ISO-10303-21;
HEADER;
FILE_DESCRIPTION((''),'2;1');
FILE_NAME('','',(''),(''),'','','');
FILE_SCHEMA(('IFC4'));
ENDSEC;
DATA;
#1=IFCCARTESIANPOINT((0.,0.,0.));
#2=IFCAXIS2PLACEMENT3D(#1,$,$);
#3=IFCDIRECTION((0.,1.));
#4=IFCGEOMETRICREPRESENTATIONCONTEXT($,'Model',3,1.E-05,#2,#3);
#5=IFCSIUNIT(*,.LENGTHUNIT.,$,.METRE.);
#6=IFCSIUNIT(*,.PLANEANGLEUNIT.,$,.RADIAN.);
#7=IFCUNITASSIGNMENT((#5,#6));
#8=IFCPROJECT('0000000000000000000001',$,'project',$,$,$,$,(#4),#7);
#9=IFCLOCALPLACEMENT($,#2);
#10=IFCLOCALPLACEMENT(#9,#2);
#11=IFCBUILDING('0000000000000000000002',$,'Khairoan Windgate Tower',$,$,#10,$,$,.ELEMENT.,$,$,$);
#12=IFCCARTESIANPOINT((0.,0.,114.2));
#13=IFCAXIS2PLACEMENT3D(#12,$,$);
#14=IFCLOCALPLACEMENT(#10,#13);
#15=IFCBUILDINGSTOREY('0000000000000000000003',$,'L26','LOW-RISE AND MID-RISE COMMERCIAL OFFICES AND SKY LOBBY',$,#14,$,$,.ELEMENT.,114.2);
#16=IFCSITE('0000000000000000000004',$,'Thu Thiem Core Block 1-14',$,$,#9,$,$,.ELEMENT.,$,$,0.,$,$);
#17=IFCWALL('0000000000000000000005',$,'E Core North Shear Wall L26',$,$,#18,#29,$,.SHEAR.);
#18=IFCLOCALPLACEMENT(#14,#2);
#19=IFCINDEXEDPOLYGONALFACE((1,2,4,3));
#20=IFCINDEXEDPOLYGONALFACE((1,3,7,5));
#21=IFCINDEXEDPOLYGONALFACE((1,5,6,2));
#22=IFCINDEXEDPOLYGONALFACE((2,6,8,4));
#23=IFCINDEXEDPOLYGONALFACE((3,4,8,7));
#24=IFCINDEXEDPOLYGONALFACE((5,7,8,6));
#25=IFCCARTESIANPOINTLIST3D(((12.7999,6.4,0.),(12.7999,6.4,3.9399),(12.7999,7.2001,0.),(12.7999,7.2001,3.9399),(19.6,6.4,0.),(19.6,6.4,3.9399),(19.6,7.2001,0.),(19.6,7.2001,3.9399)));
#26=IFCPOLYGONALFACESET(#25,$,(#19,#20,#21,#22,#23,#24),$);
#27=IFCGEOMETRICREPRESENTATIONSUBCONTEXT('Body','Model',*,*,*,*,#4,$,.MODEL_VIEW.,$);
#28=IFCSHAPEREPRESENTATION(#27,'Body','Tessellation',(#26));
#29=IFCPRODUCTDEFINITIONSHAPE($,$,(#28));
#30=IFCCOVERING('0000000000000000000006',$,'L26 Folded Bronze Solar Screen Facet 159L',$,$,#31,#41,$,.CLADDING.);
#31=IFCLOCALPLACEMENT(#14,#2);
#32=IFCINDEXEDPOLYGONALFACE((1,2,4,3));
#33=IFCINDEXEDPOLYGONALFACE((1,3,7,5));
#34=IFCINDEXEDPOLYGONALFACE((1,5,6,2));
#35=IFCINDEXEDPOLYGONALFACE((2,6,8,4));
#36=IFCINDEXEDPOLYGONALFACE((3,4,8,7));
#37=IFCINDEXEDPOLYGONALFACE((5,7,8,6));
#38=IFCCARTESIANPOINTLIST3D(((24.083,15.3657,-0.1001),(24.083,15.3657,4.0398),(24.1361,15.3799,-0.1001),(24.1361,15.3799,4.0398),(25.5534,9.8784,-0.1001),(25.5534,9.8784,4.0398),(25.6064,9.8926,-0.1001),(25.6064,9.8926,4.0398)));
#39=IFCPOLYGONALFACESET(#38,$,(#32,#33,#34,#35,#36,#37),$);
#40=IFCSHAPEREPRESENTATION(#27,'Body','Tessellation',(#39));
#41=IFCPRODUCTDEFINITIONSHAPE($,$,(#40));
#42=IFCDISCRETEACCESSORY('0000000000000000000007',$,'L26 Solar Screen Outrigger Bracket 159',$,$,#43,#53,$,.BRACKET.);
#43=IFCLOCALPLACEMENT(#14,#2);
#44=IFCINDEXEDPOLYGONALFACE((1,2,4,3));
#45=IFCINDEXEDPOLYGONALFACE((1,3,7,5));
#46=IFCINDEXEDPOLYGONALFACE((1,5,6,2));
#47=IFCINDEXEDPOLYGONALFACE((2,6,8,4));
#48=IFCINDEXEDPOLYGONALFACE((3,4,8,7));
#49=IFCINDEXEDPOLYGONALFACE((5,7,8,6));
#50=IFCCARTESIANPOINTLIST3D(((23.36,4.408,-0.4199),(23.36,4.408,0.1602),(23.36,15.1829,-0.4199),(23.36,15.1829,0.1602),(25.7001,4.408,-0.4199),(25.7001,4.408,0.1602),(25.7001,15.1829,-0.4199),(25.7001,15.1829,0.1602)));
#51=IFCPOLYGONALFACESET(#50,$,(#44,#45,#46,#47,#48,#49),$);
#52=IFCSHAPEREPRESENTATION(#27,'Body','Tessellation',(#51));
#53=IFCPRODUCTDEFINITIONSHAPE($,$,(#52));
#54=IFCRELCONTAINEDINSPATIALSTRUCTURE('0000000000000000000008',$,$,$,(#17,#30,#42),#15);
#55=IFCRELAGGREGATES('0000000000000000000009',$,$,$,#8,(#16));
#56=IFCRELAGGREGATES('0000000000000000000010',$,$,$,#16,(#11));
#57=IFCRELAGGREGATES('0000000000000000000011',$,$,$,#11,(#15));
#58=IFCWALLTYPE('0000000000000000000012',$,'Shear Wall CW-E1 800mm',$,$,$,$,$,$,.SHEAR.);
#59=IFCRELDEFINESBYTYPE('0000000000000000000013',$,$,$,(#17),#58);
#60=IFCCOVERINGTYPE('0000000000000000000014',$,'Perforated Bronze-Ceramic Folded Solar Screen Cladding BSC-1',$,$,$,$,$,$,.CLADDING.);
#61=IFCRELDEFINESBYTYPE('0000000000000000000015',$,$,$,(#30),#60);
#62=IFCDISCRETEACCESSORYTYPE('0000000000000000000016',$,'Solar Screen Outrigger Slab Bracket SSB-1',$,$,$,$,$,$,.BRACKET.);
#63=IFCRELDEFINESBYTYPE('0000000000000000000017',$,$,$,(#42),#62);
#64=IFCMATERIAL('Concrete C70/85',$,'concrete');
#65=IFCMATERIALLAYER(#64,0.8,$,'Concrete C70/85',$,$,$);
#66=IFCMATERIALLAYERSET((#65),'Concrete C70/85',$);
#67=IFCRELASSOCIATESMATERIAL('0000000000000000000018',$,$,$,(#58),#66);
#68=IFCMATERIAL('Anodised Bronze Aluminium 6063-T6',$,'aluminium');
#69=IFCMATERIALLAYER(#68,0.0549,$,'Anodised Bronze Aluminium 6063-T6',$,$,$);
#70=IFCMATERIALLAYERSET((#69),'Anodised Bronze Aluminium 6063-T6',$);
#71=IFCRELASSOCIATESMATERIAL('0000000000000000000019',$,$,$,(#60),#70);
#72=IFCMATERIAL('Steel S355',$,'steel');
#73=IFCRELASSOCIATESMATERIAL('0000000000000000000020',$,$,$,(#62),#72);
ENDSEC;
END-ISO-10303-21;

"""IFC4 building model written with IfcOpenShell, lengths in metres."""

from ifc_helpers import new_model, si_unit, direction, frame, frame_2d, origin, origin_2d, place, context, subcontext, project, spatial, rectangle, extrude, material, layer, layer_set, type_object, element, save


model = new_model("IFC4")

# Units and contexts
model_context = context("Model", 3, precision=1e-05, world=origin(), true_north=direction((0.0, 1.0)))
body_context = subcontext(model_context, "Body", "Model", "MODEL_VIEW")
ifc_project = project(units=[si_unit("LENGTHUNIT", "METRE"), si_unit("PLANEANGLEUNIT", "RADIAN")], contexts=[model_context])

# Site, building, storey
site_placement = place(None, origin())
site = spatial("IfcSite", under=ifc_project, at=site_placement, Name="Thu Thiem Core Block 1-14", CompositionType="ELEMENT", RefElevation=0.0)
building_placement = place(site_placement, origin())
building = spatial("IfcBuilding", under=site, at=building_placement, Name="Khairoan Windgate Tower", CompositionType="ELEMENT")
storey_placement = place(building_placement, frame((0.0, 0.0, 114.2)))
storey = spatial("IfcBuildingStorey", under=building, at=storey_placement, Name="L26", Description="LOW-RISE AND MID-RISE COMMERCIAL OFFICES AND SKY LOBBY", CompositionType="ELEMENT", Elevation=114.2)

# Wall
ifc_material_1 = material(Name="Concrete C70/85", Category="concrete")
ifc_layer_1 = layer(ifc_material_1, 0.8, Name="Concrete C70/85")
ifc_layer_set_1 = layer_set([ifc_layer_1], Name="Concrete C70/85")
wall_type_1 = type_object("IfcWallType", Name="Shear Wall CW-E1 800mm", PredefinedType="SHEAR", material=ifc_layer_set_1)
wall_1_placement = place(storey_placement, frame((12.8, 6.8, 0.0), z_axis=(0.0, 0.0, 1.0), x_axis=(1.0, 0.0, 0.0)))
element("IfcWall", 1, at=wall_1_placement, inside=storey, type_object=wall_type_1, Name="E Core North Shear Wall L26", PredefinedType="SHEAR", context=body_context, shape_type="SweptSolid", body=[
    extrude(rectangle(XDim=6.8, YDim=0.8, at=frame_2d((3.3999, 0.0))), origin(), (0.0, 0.0, 1.0), 3.9399),
])

# Covering
ifc_material_2 = material(Name="Anodised Bronze Aluminium 6063-T6", Category="aluminium")
ifc_layer_2 = layer(ifc_material_2, 0.0549, Name="Anodised Bronze Aluminium 6063-T6")
ifc_layer_set_2 = layer_set([ifc_layer_2], Name="Anodised Bronze Aluminium 6063-T6")
covering_type = type_object("IfcCoveringType", Name="Perforated Bronze-Ceramic Folded Solar Screen Cladding BSC-1", PredefinedType="CLADDING", material=ifc_layer_set_2)
covering_placement = place(storey_placement, frame((24.8447, 12.6292, -0.1001), z_axis=(0.0, 0.0, 1.0), x_axis=(0.258819, -0.965926, 0.0)))
element("IfcCovering", 2, at=covering_placement, inside=storey, type_object=covering_type, Name="L26 Folded Bronze Solar Screen Facet 159L", PredefinedType="CLADDING", context=body_context, shape_type="SweptSolid", body=[
    extrude(rectangle(XDim=5.6809, YDim=0.0549, at=origin_2d()), origin(), (0.0, 0.0, 1.0), 4.1399),
])

# Discrete accessory
ifc_material_3 = material(Name="Steel S355", Category="steel")
discrete_accessory_type = type_object("IfcDiscreteAccessoryType", Name="Solar Screen Outrigger Slab Bracket SSB-1", PredefinedType="BRACKET", material=ifc_material_3)
discrete_accessory_placement = place(storey_placement, frame((24.53, 9.7954, -0.4199), z_axis=(0.0, 0.0, 1.0), x_axis=(0.0, -1.0, 0.0)))
element("IfcDiscreteAccessory", 3, at=discrete_accessory_placement, inside=storey, type_object=discrete_accessory_type, Name="L26 Solar Screen Outrigger Bracket 159", PredefinedType="BRACKET", context=body_context, shape_type="SweptSolid", body=[
    extrude(rectangle(XDim=10.7749, YDim=2.3401, at=origin_2d()), origin(), (0.0, 0.0, 1.0), 0.5801),
])

save(model, "model.ifc")
